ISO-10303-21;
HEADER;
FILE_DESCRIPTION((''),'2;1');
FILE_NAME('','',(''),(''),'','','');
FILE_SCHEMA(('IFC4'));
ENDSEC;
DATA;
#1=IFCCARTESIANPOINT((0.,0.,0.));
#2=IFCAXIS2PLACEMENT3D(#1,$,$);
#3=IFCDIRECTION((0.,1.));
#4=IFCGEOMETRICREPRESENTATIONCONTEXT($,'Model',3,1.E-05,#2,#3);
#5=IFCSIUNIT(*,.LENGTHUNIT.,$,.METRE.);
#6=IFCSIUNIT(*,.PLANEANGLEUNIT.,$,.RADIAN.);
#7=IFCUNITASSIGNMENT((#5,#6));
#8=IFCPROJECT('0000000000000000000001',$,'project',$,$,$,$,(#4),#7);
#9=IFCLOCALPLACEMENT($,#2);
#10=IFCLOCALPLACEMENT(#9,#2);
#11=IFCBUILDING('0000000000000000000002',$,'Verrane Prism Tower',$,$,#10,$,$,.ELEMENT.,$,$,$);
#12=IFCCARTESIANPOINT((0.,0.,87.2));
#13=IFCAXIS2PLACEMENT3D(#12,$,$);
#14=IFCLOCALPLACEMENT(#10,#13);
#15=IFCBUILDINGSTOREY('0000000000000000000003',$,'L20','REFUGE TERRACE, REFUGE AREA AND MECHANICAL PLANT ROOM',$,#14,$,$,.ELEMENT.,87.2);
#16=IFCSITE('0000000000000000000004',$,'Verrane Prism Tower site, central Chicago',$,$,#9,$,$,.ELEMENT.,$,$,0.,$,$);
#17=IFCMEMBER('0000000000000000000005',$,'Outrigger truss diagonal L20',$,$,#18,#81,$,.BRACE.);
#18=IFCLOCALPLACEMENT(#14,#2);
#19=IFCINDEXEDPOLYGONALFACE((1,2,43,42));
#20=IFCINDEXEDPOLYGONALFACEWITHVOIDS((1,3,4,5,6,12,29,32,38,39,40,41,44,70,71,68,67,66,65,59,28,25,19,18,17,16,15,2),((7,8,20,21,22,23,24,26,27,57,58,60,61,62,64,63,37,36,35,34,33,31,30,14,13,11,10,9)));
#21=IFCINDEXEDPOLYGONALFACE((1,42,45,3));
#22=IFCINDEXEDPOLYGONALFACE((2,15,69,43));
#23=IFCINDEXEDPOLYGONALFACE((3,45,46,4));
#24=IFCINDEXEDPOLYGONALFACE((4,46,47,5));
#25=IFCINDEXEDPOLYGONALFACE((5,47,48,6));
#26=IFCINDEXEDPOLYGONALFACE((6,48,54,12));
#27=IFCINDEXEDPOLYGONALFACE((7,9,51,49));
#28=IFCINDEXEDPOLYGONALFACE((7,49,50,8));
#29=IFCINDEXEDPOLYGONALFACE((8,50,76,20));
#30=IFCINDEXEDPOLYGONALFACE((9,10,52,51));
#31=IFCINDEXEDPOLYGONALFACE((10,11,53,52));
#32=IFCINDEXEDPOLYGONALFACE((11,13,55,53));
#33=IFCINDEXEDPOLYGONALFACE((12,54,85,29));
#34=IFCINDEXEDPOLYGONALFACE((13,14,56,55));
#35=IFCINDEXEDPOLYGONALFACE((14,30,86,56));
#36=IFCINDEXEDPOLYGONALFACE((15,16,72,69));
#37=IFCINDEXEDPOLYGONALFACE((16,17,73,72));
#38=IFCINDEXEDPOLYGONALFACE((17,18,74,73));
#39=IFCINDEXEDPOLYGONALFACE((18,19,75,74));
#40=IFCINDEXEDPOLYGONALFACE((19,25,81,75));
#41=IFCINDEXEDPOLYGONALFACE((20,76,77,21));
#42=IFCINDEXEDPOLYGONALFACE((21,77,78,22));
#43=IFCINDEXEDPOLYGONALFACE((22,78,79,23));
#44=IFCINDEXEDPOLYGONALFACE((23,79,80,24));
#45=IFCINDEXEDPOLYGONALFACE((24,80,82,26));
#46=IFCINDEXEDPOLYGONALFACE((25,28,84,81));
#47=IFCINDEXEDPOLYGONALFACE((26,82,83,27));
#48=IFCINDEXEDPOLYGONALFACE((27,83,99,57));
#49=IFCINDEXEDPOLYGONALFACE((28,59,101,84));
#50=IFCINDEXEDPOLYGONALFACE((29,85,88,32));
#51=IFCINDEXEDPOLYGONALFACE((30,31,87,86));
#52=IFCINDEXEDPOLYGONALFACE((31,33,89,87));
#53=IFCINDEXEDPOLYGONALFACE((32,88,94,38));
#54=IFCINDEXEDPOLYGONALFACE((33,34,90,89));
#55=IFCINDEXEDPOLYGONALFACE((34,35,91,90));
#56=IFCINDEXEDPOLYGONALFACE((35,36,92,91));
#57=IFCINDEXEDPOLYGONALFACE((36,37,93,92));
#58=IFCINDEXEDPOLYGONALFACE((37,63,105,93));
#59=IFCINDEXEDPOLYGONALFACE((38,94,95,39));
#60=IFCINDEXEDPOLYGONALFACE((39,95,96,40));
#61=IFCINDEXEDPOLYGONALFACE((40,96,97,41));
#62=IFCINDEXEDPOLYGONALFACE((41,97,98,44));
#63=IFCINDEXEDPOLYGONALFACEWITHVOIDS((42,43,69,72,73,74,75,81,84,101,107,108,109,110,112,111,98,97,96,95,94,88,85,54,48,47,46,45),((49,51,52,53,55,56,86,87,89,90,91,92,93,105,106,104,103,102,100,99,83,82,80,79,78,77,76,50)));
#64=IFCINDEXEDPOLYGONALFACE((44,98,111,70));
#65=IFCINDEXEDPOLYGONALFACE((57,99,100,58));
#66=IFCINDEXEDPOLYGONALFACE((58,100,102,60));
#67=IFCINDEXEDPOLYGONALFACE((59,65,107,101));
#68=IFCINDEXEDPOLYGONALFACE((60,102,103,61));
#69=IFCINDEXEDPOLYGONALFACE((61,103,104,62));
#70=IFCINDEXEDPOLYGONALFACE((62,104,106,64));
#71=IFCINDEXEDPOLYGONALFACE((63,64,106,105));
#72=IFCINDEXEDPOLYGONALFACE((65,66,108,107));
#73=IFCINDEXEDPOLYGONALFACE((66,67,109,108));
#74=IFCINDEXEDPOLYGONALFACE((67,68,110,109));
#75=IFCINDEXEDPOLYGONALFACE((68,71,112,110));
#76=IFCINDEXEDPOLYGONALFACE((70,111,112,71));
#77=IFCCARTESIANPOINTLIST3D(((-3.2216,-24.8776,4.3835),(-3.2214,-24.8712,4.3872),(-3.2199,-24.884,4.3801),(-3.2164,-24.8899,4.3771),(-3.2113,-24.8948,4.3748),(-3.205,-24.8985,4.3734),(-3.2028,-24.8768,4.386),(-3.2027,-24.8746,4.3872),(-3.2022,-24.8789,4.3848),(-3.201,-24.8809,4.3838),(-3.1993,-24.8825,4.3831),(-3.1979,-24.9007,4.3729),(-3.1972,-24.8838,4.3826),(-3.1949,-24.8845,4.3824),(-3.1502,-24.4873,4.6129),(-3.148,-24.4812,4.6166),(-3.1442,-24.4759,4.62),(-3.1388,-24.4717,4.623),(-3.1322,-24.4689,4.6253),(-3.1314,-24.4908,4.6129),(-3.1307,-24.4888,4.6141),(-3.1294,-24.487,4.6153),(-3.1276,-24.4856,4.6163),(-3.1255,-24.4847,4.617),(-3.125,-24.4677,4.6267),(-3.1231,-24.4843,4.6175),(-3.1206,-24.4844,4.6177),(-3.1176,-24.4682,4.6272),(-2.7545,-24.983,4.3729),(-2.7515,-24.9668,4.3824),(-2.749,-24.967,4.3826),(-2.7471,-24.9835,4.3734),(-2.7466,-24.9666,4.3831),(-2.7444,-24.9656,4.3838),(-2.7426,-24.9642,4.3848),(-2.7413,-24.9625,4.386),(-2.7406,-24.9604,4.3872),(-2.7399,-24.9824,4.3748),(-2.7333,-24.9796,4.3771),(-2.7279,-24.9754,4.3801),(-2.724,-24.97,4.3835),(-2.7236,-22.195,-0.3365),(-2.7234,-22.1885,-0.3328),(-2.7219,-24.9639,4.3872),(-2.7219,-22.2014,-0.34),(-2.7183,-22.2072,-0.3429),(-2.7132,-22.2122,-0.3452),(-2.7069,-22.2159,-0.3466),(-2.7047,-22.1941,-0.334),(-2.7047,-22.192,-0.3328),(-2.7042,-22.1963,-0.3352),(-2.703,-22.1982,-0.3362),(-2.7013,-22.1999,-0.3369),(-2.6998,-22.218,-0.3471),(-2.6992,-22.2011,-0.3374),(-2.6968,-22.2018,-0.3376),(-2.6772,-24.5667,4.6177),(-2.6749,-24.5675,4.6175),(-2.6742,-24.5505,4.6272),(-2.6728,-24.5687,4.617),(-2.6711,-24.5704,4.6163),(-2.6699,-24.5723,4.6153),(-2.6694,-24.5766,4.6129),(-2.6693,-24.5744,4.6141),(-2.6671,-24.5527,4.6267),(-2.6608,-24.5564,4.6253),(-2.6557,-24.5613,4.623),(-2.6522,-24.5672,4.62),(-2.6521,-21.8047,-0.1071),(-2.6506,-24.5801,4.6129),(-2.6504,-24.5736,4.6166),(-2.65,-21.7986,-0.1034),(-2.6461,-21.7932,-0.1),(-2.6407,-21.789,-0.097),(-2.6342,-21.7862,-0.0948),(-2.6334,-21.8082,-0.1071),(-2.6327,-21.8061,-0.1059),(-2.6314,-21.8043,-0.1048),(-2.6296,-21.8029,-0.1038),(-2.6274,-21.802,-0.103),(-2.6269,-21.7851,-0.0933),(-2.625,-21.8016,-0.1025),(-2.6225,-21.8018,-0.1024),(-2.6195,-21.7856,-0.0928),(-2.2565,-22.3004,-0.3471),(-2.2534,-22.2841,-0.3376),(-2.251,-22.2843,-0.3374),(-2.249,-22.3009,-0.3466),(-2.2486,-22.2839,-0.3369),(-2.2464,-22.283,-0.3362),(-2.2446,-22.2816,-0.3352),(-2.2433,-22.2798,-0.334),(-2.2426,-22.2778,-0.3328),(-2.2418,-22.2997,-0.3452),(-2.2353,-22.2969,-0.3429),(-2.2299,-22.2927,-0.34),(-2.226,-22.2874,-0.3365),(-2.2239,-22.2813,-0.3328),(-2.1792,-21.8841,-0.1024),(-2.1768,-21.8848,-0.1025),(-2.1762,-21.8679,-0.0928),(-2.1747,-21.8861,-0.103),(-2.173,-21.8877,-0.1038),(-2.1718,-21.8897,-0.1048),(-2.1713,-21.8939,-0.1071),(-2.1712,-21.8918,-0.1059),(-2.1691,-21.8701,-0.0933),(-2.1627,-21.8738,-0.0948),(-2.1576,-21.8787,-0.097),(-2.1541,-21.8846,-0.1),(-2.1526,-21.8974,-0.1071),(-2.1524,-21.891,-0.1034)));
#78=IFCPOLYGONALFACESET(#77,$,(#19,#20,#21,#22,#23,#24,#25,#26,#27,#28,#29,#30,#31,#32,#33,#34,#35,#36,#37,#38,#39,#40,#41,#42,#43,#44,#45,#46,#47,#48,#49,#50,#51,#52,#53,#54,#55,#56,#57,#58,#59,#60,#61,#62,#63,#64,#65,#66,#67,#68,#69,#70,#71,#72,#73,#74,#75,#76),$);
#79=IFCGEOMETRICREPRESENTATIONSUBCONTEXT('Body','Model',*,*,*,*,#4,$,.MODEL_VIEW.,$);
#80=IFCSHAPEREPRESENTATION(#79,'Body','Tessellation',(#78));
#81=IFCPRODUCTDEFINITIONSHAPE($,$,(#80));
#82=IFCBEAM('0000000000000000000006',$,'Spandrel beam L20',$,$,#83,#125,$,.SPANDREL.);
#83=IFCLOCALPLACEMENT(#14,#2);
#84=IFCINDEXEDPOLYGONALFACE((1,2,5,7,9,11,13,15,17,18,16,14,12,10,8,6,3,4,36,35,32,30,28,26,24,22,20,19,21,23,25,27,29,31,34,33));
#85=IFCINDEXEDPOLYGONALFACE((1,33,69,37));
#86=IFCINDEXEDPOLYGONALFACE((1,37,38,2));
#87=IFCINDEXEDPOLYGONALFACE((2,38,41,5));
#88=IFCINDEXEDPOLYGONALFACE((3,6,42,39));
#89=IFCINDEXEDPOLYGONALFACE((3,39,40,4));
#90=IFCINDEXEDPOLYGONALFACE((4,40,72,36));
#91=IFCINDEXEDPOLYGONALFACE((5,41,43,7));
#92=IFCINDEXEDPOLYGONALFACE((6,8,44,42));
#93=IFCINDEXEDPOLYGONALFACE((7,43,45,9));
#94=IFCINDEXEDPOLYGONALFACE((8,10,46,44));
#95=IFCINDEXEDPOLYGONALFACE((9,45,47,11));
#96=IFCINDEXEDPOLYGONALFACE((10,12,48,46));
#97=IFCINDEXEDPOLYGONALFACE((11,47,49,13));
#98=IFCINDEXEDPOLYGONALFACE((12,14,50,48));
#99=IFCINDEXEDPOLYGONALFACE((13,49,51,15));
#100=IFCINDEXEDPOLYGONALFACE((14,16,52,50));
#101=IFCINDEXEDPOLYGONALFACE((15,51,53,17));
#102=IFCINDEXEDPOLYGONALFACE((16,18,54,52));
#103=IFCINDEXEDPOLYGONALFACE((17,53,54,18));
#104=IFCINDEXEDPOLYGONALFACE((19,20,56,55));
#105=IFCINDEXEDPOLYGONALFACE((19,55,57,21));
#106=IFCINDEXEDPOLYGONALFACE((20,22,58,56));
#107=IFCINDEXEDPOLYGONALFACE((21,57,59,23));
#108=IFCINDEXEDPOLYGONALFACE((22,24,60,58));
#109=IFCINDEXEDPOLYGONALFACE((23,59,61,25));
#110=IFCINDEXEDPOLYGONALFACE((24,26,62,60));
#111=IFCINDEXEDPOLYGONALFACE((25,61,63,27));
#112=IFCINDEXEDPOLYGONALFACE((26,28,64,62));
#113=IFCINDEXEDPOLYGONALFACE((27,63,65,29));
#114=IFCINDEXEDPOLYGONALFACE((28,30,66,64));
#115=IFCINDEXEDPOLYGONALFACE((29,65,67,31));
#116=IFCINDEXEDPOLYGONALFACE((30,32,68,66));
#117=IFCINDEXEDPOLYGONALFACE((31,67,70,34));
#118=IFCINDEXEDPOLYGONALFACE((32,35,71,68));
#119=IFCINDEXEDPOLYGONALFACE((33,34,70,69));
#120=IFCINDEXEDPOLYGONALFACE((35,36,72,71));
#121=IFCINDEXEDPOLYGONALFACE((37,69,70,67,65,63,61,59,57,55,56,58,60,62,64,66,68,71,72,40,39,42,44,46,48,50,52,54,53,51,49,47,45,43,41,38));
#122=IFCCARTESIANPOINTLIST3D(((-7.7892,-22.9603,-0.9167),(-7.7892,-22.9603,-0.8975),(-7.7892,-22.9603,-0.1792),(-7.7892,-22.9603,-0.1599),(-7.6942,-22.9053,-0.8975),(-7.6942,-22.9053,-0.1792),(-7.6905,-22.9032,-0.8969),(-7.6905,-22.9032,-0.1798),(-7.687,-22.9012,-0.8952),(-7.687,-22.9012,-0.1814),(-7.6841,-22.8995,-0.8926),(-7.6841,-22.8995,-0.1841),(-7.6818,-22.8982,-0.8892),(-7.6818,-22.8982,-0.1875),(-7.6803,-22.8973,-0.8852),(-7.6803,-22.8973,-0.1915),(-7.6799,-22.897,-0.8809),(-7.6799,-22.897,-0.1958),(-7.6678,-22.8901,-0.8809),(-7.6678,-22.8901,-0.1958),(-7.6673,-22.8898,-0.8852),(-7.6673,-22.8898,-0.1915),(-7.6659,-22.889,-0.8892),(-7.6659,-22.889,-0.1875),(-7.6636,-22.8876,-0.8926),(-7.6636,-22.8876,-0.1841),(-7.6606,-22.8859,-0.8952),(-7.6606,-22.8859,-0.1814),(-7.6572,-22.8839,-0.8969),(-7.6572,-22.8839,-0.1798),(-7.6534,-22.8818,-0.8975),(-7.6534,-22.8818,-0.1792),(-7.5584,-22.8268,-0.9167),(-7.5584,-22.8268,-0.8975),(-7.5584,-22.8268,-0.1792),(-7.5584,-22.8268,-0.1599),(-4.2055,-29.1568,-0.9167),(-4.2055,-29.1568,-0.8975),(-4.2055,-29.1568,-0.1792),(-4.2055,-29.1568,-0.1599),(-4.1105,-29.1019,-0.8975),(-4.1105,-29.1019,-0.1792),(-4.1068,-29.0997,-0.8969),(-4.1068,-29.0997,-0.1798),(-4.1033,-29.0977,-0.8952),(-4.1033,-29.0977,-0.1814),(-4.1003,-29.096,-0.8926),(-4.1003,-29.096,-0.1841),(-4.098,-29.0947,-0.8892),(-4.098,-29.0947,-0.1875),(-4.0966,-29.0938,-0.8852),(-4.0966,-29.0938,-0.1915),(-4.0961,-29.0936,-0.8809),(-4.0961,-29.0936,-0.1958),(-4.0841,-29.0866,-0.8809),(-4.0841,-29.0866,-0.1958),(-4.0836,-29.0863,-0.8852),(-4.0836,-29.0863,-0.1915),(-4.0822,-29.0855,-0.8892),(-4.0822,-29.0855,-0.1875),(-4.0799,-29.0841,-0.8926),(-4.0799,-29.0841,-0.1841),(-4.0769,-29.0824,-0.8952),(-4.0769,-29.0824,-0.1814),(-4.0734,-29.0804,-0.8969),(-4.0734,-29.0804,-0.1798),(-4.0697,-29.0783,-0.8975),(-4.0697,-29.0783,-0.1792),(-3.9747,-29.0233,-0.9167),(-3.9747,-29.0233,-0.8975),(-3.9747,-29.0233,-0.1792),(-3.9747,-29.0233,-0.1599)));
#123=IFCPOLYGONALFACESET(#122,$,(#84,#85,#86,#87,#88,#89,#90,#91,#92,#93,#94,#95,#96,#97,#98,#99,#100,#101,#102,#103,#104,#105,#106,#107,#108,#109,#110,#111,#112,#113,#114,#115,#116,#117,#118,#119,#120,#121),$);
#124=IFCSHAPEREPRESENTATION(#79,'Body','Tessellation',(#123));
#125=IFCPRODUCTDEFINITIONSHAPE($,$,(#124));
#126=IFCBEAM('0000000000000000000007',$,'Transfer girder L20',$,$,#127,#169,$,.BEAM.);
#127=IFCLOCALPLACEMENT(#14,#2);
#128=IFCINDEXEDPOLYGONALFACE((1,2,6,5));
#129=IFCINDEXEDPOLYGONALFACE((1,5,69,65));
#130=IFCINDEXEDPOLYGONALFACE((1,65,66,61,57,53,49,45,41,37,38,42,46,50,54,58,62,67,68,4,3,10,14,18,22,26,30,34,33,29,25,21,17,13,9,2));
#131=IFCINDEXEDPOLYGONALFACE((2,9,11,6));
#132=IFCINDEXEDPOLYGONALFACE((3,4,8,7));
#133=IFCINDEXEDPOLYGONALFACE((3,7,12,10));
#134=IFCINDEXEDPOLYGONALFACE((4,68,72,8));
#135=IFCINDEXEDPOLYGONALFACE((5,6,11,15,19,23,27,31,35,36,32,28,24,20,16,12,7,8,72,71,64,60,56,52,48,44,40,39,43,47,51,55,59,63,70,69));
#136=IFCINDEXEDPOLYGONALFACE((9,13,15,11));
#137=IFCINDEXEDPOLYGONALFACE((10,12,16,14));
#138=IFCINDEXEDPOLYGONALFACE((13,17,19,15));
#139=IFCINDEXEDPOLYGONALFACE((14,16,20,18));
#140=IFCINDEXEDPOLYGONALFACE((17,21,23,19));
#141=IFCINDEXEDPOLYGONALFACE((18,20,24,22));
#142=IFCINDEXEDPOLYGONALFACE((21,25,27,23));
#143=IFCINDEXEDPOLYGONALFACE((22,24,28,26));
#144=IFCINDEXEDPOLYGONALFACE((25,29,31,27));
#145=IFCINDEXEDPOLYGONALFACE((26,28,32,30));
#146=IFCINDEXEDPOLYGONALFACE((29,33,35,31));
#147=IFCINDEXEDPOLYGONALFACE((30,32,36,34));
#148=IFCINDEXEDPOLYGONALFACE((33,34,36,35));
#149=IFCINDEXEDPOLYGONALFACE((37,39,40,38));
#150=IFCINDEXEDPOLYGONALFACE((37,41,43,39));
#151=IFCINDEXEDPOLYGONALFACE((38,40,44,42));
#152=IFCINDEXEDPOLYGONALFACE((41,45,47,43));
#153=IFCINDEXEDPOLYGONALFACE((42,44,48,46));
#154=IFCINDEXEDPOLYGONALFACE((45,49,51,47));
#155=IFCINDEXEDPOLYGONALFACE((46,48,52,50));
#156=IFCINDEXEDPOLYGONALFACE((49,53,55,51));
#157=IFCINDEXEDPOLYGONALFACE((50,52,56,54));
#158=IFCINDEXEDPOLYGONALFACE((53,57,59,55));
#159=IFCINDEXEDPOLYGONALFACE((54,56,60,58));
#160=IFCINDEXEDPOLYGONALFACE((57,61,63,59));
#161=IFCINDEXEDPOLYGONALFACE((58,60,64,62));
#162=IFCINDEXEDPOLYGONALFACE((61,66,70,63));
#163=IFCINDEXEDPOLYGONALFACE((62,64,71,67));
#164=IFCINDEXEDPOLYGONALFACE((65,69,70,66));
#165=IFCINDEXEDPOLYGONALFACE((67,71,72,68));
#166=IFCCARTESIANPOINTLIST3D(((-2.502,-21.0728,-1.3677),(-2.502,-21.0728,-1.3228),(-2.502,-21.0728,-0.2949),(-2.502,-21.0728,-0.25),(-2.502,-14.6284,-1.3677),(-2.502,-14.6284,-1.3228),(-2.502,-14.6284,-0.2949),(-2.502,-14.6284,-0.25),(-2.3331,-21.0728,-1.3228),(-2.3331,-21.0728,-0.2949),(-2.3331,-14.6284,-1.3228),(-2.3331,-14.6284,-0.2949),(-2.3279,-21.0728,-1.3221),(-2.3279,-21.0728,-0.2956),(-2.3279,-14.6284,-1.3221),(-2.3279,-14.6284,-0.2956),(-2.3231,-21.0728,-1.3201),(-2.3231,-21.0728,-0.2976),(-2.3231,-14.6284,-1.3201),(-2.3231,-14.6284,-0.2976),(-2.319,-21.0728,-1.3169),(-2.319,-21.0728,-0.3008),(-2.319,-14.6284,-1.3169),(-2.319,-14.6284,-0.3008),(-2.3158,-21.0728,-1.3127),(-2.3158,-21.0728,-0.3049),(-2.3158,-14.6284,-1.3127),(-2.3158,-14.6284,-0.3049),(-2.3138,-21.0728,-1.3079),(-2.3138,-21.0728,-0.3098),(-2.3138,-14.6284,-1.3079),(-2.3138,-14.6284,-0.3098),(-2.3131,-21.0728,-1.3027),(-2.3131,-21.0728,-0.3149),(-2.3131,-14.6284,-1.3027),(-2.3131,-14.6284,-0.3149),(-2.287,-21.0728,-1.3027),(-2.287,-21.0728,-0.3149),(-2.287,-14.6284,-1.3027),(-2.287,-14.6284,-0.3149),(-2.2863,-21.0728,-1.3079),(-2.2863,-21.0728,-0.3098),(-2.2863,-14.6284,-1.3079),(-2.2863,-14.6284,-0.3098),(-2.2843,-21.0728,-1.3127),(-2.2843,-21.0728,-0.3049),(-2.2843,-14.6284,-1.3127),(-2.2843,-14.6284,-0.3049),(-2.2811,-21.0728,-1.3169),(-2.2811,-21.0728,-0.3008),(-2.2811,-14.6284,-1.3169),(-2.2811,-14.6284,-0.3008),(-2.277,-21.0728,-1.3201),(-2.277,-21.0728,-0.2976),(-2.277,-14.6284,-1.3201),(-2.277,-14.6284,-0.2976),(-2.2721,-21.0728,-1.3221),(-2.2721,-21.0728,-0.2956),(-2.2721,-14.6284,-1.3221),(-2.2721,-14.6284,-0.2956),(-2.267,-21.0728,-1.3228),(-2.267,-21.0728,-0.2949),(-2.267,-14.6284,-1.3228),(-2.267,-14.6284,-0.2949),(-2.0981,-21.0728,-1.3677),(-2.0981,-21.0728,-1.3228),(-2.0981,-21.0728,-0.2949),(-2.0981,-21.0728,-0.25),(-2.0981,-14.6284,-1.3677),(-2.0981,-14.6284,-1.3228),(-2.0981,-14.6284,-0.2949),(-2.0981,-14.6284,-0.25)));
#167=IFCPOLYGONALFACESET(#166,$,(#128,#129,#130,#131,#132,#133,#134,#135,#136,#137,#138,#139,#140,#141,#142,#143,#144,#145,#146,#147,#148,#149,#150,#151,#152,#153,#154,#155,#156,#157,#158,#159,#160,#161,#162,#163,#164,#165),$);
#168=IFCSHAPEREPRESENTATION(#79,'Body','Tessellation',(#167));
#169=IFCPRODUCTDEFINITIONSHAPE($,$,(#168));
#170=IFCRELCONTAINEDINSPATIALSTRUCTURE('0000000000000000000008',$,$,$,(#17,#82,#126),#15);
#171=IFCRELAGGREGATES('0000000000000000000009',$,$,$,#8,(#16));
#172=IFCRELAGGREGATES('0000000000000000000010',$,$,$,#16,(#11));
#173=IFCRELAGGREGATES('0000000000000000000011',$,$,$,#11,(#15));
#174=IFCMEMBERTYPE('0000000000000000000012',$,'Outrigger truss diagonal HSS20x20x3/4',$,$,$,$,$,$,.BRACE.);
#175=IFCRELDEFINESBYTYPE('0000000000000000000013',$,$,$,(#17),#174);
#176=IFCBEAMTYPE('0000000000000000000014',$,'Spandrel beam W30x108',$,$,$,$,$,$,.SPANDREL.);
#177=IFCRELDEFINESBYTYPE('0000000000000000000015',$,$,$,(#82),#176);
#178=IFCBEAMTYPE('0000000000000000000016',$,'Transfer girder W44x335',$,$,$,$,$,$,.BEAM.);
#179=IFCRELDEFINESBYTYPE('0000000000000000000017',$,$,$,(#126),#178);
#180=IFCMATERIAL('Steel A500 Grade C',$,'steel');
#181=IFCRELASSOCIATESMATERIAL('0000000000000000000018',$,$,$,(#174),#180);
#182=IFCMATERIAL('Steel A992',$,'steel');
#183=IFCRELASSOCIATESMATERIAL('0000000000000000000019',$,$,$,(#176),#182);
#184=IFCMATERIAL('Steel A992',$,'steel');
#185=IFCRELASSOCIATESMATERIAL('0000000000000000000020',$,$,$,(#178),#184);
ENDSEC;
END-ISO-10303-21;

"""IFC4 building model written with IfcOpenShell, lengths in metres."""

from ifc_helpers import new_model, si_unit, direction, frame, origin, origin_2d, place, context, subcontext, project, spatial, hollow_rectangle, i_section, extrude, material, material_profile, profile_set, type_object, element, save


model = new_model("IFC4")

# Units and contexts
model_context = context("Model", 3, precision=1e-05, world=origin(), true_north=direction((0.0, 1.0)))
body_context = subcontext(model_context, "Body", "Model", "MODEL_VIEW")
ifc_project = project(units=[si_unit("LENGTHUNIT", "METRE"), si_unit("PLANEANGLEUNIT", "RADIAN")], contexts=[model_context])

# Site, building, storey
site_placement = place(None, origin())
site = spatial("IfcSite", under=ifc_project, at=site_placement, Name="Verrane Prism Tower site, central Chicago", CompositionType="ELEMENT", RefElevation=0.0)
building_placement = place(site_placement, origin())
building = spatial("IfcBuilding", under=site, at=building_placement, Name="Verrane Prism Tower", CompositionType="ELEMENT")
storey_placement = place(building_placement, frame((0.0, 0.0, 87.2)))
storey = spatial("IfcBuildingStorey", under=building, at=storey_placement, Name="L20", Description="REFUGE TERRACE, REFUGE AREA AND MECHANICAL PLANT ROOM", CompositionType="ELEMENT", Elevation=87.2)

# Member
ifc_material_1 = material(Name="Steel A500 Grade C", Category="steel")
ifc_material_profile_1 = material_profile(ifc_material_1, hollow_rectangle(XDim=0.5081, YDim=0.5081, WallThickness=0.019, InnerFilletRadius=0.0095, OuterFilletRadius=0.0286, at=origin_2d()), Name="HSS20x20x3/4")
ifc_profile_set_1 = profile_set([ifc_material_profile_1], Name="Steel A500 Grade C")
member_type_1 = type_object("IfcMemberType", Name="Outrigger truss diagonal HSS20x20x3/4", PredefinedType="BRACE", material=ifc_profile_set_1)
member_1_placement = place(storey_placement, frame((-2.438, -22.043, -0.22), z_axis=(-0.091354, -0.492057, 0.865757), x_axis=(0.983199, -0.182538, 0.0)))
element("IfcMember", 1, at=member_1_placement, inside=storey, type_object=member_type_1, Name="Outrigger truss diagonal L20", PredefinedType="BRACE", context=body_context, shape_type="SweptSolid", body=[
    extrude(hollow_rectangle(XDim=0.5081, YDim=0.5081, WallThickness=0.019, InnerFilletRadius=0.0095, OuterFilletRadius=0.0286, at=origin_2d()), origin(), (0.0, 0.0, 1.0), 5.4519),
])

# Beams
ifc_material_2 = material(Name="Steel A992", Category="steel")
ifc_material_profile_2 = material_profile(ifc_material_2, i_section(OverallWidth=0.2666, OverallDepth=0.7568, WebThickness=0.0139, FlangeThickness=0.0193, FilletRadius=0.0166, at=origin_2d()), Name="W30x108")
ifc_profile_set_2 = profile_set([ifc_material_profile_2], Name="Steel A992")
beam_type_1 = type_object("IfcBeamType", Name="Spandrel beam W30x108", PredefinedType="SPANDREL", material=ifc_profile_set_2)
beam_1_placement = place(storey_placement, frame((-7.6738, -22.8936, -0.5383), z_axis=(0.500646, -0.865652, 0.0), x_axis=(0.865652, 0.500646, 0.0)))
element("IfcBeam", 2, at=beam_1_placement, inside=storey, type_object=beam_type_1, Name="Spandrel beam L20", PredefinedType="SPANDREL", context=body_context, shape_type="SweptSolid", body=[
    extrude(i_section(OverallWidth=0.2666, OverallDepth=0.7568, WebThickness=0.0139, FlangeThickness=0.0193, FilletRadius=0.0166, at=origin_2d()), origin(), (0.0, 0.0, 1.0), 7.1582),
])
ifc_material_3 = material(Name="Steel A992", Category="steel")
ifc_material_profile_3 = material_profile(ifc_material_3, i_section(OverallWidth=0.4038, OverallDepth=1.1177, WebThickness=0.0261, FlangeThickness=0.0449, FilletRadius=0.02, at=origin_2d()), Name="W44x335")
ifc_profile_set_3 = profile_set([ifc_material_profile_3], Name="Steel A992")
beam_type_2 = type_object("IfcBeamType", Name="Transfer girder W44x335", PredefinedType="BEAM", material=ifc_profile_set_3)
beam_2_placement = place(storey_placement, frame((-2.3, -14.6284, -0.8088), z_axis=(0.0, -1.0, 0.0), x_axis=(1.0, 0.0, 0.0)))
element("IfcBeam", 3, at=beam_2_placement, inside=storey, type_object=beam_type_2, Name="Transfer girder L20", PredefinedType="BEAM", context=body_context, shape_type="SweptSolid", body=[
    extrude(i_section(OverallWidth=0.4038, OverallDepth=1.1177, WebThickness=0.0261, FlangeThickness=0.0449, FilletRadius=0.02, at=origin_2d()), origin(), (0.0, 0.0, 1.0), 6.4443),
])

save(model, "model.ifc")
